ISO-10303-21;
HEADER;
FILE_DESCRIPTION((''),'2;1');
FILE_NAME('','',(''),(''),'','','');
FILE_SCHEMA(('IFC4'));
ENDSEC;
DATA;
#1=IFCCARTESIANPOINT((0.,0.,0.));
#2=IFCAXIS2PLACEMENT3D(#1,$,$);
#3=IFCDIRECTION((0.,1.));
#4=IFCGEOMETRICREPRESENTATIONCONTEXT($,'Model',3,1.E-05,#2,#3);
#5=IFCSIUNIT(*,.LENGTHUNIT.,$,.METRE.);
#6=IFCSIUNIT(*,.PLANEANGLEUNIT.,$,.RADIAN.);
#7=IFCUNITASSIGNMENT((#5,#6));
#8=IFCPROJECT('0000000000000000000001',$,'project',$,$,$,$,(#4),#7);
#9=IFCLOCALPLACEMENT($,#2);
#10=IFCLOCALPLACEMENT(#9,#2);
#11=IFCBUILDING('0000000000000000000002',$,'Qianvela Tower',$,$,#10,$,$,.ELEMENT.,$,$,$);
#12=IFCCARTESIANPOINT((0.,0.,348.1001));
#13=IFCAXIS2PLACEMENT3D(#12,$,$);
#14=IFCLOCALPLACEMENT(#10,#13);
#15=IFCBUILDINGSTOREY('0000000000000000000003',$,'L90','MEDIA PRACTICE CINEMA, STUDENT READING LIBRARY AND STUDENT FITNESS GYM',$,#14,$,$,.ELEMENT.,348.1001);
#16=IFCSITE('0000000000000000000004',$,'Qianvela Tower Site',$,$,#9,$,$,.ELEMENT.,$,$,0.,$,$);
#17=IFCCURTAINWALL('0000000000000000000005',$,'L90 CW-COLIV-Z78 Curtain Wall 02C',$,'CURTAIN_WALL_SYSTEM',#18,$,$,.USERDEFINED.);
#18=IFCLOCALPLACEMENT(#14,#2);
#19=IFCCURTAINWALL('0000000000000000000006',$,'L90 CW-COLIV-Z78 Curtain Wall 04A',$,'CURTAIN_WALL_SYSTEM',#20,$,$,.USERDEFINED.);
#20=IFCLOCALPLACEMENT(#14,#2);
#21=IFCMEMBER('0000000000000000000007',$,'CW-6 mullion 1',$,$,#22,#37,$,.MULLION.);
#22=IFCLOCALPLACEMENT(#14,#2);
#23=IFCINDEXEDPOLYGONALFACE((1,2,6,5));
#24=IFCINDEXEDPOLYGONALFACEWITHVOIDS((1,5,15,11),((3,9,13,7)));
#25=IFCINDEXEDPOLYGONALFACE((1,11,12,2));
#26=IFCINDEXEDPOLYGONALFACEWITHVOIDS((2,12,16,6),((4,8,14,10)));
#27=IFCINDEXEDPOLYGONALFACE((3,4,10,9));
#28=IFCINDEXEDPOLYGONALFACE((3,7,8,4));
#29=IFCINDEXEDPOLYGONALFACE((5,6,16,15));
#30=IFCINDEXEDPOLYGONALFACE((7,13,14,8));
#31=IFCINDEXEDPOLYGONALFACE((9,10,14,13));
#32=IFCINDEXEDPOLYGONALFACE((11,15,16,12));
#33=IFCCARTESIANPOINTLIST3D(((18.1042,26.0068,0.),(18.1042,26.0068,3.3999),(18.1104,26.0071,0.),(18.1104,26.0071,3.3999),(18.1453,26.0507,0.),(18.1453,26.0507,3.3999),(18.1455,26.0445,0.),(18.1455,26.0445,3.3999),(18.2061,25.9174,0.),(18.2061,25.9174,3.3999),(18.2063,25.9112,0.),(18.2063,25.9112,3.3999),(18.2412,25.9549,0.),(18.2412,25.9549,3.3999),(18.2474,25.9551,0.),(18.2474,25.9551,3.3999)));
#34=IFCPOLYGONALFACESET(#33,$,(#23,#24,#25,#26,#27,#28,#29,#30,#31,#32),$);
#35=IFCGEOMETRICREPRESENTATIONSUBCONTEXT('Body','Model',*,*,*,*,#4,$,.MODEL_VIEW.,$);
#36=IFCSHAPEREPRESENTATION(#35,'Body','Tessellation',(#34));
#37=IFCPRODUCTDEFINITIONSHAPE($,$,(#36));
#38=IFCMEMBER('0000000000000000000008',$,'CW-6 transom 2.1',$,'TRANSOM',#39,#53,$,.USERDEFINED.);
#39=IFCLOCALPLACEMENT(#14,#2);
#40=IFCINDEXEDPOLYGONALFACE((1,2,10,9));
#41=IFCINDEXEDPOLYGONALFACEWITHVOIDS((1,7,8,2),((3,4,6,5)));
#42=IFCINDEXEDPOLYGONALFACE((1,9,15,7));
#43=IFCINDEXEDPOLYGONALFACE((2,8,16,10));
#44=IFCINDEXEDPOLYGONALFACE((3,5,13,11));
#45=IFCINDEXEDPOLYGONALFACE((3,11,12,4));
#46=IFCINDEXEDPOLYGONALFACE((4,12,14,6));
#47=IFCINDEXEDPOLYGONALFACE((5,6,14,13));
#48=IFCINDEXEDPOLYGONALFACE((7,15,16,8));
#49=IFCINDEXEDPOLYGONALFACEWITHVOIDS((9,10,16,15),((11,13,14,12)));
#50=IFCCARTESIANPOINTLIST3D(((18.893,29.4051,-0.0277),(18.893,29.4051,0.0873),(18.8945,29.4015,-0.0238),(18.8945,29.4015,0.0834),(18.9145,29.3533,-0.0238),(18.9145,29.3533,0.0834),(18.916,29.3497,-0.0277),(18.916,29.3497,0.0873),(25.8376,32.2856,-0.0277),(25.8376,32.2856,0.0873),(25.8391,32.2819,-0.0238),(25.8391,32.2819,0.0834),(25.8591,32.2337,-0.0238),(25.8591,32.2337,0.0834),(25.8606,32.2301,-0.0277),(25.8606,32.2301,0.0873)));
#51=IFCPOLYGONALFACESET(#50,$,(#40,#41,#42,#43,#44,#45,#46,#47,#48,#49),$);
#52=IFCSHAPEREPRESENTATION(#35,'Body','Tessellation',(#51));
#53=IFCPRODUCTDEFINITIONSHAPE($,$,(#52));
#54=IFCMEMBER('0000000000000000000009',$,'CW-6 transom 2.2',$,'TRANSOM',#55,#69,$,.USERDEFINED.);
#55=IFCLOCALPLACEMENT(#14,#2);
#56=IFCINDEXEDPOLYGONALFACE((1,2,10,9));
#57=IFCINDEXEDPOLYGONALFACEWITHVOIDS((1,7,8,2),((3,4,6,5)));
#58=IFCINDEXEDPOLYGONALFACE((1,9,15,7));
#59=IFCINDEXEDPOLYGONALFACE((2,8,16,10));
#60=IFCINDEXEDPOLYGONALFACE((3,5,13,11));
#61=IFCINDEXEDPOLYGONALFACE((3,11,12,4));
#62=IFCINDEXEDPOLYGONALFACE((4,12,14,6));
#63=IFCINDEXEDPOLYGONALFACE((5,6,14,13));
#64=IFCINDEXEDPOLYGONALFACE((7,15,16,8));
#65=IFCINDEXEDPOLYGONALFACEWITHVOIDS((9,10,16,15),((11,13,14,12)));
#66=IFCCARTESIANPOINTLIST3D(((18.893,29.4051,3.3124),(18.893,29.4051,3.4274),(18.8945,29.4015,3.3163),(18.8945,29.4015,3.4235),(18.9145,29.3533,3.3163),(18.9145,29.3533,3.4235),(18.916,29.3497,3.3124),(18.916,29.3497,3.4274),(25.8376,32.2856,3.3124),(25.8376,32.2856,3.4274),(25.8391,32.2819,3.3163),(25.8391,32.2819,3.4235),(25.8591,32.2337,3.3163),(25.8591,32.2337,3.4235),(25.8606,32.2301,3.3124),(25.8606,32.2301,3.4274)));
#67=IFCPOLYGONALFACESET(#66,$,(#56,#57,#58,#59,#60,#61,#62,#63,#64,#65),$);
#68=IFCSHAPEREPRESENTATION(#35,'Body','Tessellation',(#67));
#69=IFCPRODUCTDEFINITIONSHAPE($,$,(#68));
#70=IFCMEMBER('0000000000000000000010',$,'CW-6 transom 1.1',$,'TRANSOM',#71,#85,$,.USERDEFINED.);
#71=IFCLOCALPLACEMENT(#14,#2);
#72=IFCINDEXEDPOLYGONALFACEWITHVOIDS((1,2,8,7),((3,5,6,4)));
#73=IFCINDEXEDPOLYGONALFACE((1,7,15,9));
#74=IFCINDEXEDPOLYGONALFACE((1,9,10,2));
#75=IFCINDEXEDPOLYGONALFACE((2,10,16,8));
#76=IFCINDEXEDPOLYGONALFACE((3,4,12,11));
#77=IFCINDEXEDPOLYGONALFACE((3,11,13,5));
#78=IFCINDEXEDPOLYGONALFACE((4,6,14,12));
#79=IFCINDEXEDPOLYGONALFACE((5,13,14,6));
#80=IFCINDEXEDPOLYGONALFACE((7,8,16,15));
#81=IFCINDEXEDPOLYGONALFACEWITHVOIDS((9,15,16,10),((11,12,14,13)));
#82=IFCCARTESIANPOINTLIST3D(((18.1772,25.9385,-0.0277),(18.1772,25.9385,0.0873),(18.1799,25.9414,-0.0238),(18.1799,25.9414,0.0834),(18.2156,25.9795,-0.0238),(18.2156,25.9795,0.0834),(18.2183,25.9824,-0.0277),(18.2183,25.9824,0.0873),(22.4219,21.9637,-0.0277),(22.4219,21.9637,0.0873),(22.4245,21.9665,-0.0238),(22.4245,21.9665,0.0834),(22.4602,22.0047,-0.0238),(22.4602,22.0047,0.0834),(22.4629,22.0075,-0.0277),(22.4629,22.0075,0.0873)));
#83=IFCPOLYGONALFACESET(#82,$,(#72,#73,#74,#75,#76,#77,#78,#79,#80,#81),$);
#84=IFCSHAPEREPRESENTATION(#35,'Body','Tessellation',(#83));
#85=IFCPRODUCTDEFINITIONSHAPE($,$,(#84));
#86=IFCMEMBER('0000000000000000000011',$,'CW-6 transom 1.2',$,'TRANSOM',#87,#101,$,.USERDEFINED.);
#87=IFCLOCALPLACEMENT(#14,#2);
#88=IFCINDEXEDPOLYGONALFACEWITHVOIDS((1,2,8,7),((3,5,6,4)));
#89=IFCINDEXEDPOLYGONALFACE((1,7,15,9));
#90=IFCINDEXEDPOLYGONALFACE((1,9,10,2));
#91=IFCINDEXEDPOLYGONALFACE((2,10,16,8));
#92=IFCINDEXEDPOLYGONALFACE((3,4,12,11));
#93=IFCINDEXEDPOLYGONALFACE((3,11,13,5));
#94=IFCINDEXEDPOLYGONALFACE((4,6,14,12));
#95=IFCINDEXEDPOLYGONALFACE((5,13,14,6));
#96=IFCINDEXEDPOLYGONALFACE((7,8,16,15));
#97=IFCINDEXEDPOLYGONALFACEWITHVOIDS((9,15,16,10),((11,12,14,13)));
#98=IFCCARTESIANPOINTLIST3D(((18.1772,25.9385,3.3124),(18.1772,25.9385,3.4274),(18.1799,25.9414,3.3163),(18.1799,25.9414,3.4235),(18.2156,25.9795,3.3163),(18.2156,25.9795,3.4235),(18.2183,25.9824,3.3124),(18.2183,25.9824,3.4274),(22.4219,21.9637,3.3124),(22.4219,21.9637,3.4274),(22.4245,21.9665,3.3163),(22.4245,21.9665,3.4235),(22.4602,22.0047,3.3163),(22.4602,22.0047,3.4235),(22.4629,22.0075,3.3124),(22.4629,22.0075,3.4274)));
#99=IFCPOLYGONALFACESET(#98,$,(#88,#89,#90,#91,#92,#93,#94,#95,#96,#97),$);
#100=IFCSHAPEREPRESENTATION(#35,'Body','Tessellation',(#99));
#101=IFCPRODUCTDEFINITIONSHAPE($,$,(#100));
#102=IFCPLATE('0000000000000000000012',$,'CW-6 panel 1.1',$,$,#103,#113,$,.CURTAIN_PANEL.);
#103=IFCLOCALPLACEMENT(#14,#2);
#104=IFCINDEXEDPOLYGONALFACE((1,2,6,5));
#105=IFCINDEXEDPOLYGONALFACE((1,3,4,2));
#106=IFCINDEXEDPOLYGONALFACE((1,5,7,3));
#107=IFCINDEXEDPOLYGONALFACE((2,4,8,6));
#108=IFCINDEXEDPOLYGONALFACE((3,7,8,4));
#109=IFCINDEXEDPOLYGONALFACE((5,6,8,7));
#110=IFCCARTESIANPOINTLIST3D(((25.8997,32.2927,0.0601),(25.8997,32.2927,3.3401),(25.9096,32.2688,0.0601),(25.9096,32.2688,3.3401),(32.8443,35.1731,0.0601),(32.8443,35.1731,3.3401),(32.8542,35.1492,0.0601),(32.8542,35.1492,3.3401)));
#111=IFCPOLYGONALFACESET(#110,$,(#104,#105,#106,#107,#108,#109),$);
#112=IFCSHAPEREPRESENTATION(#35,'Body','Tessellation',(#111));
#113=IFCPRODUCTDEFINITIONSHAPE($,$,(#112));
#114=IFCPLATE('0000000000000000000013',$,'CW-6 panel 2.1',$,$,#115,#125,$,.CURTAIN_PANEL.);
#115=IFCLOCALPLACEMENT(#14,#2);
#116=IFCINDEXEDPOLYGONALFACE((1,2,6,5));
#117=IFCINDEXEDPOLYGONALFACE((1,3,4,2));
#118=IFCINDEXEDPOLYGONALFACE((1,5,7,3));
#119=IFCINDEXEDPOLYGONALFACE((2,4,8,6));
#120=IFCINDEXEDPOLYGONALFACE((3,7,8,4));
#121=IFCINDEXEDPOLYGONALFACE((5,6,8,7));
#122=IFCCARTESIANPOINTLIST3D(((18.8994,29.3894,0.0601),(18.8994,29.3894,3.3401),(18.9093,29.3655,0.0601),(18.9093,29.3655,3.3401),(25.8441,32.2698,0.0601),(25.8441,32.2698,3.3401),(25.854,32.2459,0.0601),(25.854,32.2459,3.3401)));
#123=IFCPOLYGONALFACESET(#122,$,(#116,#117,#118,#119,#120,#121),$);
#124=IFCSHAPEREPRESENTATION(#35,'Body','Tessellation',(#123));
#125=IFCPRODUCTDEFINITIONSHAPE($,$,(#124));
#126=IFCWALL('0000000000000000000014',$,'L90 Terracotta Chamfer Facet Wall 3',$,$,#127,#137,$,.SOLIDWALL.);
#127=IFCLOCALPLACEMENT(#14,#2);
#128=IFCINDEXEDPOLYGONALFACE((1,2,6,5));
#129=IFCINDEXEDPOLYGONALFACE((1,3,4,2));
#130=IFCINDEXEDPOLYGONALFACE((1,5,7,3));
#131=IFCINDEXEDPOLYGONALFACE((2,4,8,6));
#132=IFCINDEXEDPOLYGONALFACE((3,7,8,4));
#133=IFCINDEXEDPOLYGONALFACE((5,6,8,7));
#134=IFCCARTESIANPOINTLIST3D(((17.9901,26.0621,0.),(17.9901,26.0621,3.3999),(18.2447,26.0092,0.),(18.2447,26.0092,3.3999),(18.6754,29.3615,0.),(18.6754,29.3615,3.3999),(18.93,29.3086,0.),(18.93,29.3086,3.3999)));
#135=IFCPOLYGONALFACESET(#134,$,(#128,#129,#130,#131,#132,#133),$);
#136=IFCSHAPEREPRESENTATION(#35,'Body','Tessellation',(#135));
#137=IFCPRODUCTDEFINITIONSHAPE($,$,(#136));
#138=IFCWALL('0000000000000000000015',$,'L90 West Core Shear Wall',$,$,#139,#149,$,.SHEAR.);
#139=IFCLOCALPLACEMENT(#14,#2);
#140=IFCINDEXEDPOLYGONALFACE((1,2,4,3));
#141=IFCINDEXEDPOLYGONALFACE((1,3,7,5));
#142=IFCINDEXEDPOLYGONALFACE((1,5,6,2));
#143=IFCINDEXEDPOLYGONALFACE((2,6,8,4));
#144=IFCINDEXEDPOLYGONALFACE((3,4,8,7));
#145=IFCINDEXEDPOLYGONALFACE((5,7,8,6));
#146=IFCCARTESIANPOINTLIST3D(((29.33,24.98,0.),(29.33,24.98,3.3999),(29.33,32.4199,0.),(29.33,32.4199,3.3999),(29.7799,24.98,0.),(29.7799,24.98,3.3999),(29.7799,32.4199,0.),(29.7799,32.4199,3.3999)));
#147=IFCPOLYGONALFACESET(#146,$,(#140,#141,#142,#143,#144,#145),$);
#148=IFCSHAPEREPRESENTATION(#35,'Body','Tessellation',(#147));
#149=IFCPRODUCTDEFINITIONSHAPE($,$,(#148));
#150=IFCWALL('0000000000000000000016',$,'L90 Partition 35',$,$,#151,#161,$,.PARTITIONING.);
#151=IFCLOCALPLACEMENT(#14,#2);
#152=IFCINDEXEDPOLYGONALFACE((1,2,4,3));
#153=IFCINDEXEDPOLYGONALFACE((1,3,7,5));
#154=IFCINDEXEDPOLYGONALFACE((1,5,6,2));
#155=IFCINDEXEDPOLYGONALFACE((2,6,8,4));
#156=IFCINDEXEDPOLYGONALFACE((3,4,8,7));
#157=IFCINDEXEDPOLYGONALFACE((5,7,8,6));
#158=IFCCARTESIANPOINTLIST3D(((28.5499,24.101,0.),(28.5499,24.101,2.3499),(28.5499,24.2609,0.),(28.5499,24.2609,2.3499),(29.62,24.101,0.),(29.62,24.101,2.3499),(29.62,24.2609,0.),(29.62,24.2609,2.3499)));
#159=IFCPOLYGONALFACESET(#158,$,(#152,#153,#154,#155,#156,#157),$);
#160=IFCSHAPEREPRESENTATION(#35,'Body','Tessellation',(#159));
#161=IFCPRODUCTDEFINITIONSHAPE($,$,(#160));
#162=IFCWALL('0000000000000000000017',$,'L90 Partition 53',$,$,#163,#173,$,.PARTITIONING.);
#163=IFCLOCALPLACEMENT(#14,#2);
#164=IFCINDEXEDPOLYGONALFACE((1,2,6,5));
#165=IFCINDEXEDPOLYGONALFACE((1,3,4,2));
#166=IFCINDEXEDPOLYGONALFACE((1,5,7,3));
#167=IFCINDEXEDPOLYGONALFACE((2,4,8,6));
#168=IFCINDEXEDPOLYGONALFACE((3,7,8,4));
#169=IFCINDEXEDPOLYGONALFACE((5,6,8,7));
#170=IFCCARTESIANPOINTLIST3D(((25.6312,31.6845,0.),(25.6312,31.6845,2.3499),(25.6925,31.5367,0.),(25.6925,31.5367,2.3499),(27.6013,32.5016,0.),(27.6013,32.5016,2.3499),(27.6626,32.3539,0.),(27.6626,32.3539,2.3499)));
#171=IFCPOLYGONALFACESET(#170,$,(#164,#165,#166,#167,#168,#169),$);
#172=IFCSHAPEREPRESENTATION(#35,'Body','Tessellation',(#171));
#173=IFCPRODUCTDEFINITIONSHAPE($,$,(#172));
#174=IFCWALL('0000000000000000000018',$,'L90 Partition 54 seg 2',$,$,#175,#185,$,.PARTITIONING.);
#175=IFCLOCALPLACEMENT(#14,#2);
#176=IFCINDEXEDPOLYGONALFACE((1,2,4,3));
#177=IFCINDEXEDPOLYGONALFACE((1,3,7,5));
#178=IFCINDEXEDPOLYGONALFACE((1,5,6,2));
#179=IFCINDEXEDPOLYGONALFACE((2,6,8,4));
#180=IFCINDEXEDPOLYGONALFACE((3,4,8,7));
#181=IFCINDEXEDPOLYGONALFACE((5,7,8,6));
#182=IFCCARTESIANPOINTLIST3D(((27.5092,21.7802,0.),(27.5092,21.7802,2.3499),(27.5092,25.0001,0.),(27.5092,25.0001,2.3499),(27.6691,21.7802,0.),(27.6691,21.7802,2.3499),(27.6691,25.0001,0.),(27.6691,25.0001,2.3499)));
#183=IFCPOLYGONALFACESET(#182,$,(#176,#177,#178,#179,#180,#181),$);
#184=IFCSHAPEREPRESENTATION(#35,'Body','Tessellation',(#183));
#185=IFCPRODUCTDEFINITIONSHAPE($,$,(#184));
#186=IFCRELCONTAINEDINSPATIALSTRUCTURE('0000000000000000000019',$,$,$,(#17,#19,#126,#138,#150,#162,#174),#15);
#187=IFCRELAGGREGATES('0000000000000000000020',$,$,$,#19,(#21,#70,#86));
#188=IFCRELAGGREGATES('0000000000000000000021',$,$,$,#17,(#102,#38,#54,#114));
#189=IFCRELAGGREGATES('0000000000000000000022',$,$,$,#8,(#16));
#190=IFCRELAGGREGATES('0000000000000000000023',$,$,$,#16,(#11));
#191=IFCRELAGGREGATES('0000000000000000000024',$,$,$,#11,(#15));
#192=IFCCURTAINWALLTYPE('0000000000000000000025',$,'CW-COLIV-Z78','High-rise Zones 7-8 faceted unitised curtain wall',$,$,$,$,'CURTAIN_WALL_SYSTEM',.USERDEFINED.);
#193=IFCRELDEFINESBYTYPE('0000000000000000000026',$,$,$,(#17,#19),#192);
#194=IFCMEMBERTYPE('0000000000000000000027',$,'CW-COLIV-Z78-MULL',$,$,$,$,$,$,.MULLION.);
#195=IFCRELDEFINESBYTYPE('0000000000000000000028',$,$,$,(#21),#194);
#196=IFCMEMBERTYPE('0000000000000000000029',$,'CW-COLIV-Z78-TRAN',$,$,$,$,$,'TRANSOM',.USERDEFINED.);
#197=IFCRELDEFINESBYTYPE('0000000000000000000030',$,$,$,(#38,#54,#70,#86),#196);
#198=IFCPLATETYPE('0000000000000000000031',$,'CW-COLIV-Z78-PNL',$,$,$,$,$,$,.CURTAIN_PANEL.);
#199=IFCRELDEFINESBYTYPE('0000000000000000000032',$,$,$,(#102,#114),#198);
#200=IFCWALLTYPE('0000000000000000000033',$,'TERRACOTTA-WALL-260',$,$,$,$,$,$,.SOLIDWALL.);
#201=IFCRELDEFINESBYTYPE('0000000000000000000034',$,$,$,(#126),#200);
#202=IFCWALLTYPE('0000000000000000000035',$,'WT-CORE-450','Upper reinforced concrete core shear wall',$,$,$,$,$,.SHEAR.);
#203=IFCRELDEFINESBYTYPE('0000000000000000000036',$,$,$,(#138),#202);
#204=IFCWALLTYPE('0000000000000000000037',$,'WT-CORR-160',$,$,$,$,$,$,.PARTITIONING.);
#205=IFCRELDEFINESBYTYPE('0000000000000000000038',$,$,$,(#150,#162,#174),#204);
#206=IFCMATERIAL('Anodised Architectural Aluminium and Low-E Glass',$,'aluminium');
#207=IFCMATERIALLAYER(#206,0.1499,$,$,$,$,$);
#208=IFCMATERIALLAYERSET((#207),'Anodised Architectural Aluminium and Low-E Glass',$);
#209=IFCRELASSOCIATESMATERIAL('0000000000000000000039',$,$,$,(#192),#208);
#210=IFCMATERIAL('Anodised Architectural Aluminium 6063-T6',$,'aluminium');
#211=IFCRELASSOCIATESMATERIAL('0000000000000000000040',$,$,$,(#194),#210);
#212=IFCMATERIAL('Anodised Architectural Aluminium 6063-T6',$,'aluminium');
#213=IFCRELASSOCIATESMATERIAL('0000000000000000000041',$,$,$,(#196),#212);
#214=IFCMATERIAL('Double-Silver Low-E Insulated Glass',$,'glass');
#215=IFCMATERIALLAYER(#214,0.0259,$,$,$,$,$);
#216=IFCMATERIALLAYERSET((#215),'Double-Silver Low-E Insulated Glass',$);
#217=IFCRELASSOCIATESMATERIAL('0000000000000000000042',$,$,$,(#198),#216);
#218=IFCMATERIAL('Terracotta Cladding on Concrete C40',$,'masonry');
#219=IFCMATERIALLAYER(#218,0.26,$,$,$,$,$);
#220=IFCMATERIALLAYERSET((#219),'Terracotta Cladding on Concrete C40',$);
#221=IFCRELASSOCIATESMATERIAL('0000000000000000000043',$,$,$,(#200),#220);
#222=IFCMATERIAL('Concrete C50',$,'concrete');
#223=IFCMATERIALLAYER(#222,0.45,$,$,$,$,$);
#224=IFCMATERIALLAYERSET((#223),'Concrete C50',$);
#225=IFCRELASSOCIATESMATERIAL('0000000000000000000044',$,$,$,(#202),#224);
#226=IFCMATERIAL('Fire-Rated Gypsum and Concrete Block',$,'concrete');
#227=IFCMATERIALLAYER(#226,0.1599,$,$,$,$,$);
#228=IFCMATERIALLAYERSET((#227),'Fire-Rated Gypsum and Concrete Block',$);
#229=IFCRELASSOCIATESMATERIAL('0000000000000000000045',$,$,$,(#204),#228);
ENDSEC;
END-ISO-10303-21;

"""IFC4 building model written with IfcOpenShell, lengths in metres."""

from ifc_helpers import new_model, si_unit, direction, frame, frame_2d, origin, origin_2d, place, context, subcontext, project, spatial, rectangle, hollow_rectangle, extrude, material, layer, layer_set, material_profile, profile_set, type_object, element, aggregate, save


model = new_model("IFC4")

# Units and contexts
model_context = context("Model", 3, precision=1e-05, world=origin(), true_north=direction((0.0, 1.0)))
body_context = subcontext(model_context, "Body", "Model", "MODEL_VIEW")
ifc_project = project(units=[si_unit("LENGTHUNIT", "METRE"), si_unit("PLANEANGLEUNIT", "RADIAN")], contexts=[model_context])

# Site, building, storey
site_placement = place(None, origin())
site = spatial("IfcSite", under=ifc_project, at=site_placement, Name="Qianvela Tower Site", CompositionType="ELEMENT", RefElevation=0.0)
building_placement = place(site_placement, origin())
building = spatial("IfcBuilding", under=site, at=building_placement, Name="Qianvela Tower", CompositionType="ELEMENT")
storey_placement = place(building_placement, frame((0.0, 0.0, 348.1001)))
storey = spatial("IfcBuildingStorey", under=building, at=storey_placement, Name="L90", Description="MEDIA PRACTICE CINEMA, STUDENT READING LIBRARY AND STUDENT FITNESS GYM", CompositionType="ELEMENT", Elevation=348.1001)

# Curtain wall
ifc_material_1 = material(Name="Anodised Architectural Aluminium and Low-E Glass", Category="aluminium")
ifc_layer_1 = layer(ifc_material_1, 0.1499)
ifc_layer_set_1 = layer_set([ifc_layer_1], Name="Anodised Architectural Aluminium and Low-E Glass")
curtain_wall_type = type_object("IfcCurtainWallType", Name="CW-COLIV-Z78", Description="High-rise Zones 7-8 faceted unitised curtain wall", ElementType="CURTAIN_WALL_SYSTEM", PredefinedType="USERDEFINED", material=ifc_layer_set_1)
curtain_wall_1_placement = place(storey_placement, origin())
curtain_wall_1 = element("IfcCurtainWall", 1, at=curtain_wall_1_placement, inside=storey, type_object=curtain_wall_type, Name="L90 CW-COLIV-Z78 Curtain Wall 02C", ObjectType="CURTAIN_WALL_SYSTEM", PredefinedType="USERDEFINED")
ifc_material_2 = material(Name="Anodised Architectural Aluminium 6063-T6", Category="aluminium")
ifc_material_profile_1 = material_profile(ifc_material_2, hollow_rectangle(XDim=0.0601, YDim=0.1399, WallThickness=0.0044, at=origin_2d()), Name="ALU-MULL-60x140")
ifc_profile_set_1 = profile_set([ifc_material_profile_1], Name="Anodised Architectural Aluminium 6063-T6")
member_type_1 = type_object("IfcMemberType", Name="CW-COLIV-Z78-MULL", PredefinedType="MULLION", material=ifc_profile_set_1)

# Curtain wall, member
curtain_wall_2_placement = place(storey_placement, origin())
curtain_wall_2 = element("IfcCurtainWall", 2, at=curtain_wall_2_placement, inside=storey, type_object=curtain_wall_type, Name="L90 CW-COLIV-Z78 Curtain Wall 04A", ObjectType="CURTAIN_WALL_SYSTEM", PredefinedType="USERDEFINED")
member_1_placement = place(storey_placement, frame((18.1758, 25.981, 0.0), z_axis=(0.0, 0.0, 1.0), x_axis=(0.68353, 0.729923, 0.0)))
member_1 = element("IfcMember", 3, at=member_1_placement, type_object=member_type_1, Name="CW-6 mullion 1", PredefinedType="MULLION", context=body_context, shape_type="SweptSolid", body=[
    extrude(hollow_rectangle(XDim=0.0601, YDim=0.1399, WallThickness=0.0044, at=origin_2d()), origin(), (0.0, 0.0, 1.0), 3.3999),
])

# Members
ifc_material_3 = material(Name="Anodised Architectural Aluminium 6063-T6", Category="aluminium")
ifc_material_profile_2 = material_profile(ifc_material_3, hollow_rectangle(XDim=0.0601, YDim=0.115, WallThickness=0.0039, at=origin_2d()), Name="ALU-TRAN-60x115")
ifc_profile_set_2 = profile_set([ifc_material_profile_2], Name="Anodised Architectural Aluminium 6063-T6")
member_type_2 = type_object("IfcMemberType", Name="CW-COLIV-Z78-TRAN", ElementType="TRANSOM", PredefinedType="USERDEFINED", material=ifc_profile_set_2)
member_2_placement = place(storey_placement, frame((25.8491, 32.2578, 0.0298), z_axis=(-0.923699, -0.383118, 0.0), x_axis=(0.383118, -0.923699, 0.0)))
member_2 = element("IfcMember", 4, at=member_2_placement, type_object=member_type_2, Name="CW-6 transom 2.1", ObjectType="TRANSOM", PredefinedType="USERDEFINED", context=body_context, shape_type="SweptSolid", body=[
    extrude(hollow_rectangle(XDim=0.0601, YDim=0.115, WallThickness=0.0039, at=origin_2d()), origin(), (0.0, 0.0, 1.0), 7.5183),
])
member_3_placement = place(storey_placement, frame((25.8491, 32.2578, 3.3699), z_axis=(-0.923699, -0.383118, 0.0), x_axis=(0.383118, -0.923699, 0.0)))
member_3 = element("IfcMember", 5, at=member_3_placement, type_object=member_type_2, Name="CW-6 transom 2.2", ObjectType="TRANSOM", PredefinedType="USERDEFINED", context=body_context, shape_type="SweptSolid", body=[
    extrude(hollow_rectangle(XDim=0.0601, YDim=0.115, WallThickness=0.0039, at=origin_2d()), origin(), (0.0, 0.0, 1.0), 7.5183),
])
member_4_placement = place(storey_placement, frame((18.1978, 25.9604, 0.0298), z_axis=(0.729922, -0.68353, 0.0), x_axis=(0.68353, 0.729922, 0.0)))
member_4 = element("IfcMember", 6, at=member_4_placement, type_object=member_type_2, Name="CW-6 transom 1.1", ObjectType="TRANSOM", PredefinedType="USERDEFINED", context=body_context, shape_type="SweptSolid", body=[
    extrude(hollow_rectangle(XDim=0.0601, YDim=0.115, WallThickness=0.0039, at=origin_2d()), origin(), (0.0, 0.0, 1.0), 5.8152),
])
member_5_placement = place(storey_placement, frame((18.1978, 25.9604, 3.3699), z_axis=(0.729922, -0.68353, 0.0), x_axis=(0.68353, 0.729922, 0.0)))
member_5 = element("IfcMember", 7, at=member_5_placement, type_object=member_type_2, Name="CW-6 transom 1.2", ObjectType="TRANSOM", PredefinedType="USERDEFINED", context=body_context, shape_type="SweptSolid", body=[
    extrude(hollow_rectangle(XDim=0.0601, YDim=0.115, WallThickness=0.0039, at=origin_2d()), origin(), (0.0, 0.0, 1.0), 5.8152),
])
aggregate(curtain_wall_2, [member_1, member_4, member_5])

# Plates
ifc_material_4 = material(Name="Double-Silver Low-E Insulated Glass", Category="glass")
ifc_layer_2 = layer(ifc_material_4, 0.0259)
ifc_layer_set_2 = layer_set([ifc_layer_2], Name="Double-Silver Low-E Insulated Glass")
plate_type = type_object("IfcPlateType", Name="CW-COLIV-Z78-PNL", PredefinedType="CURTAIN_PANEL", material=ifc_layer_set_2)
plate_1_placement = place(storey_placement, frame((29.377, 33.7209, 0.0601), z_axis=(0.0, 0.0, 1.0), x_axis=(-0.923701, -0.383115, 0.0)))
plate_1 = element("IfcPlate", 8, at=plate_1_placement, type_object=plate_type, Name="CW-6 panel 1.1", PredefinedType="CURTAIN_PANEL", context=body_context, shape_type="SweptSolid", body=[
    extrude(rectangle(XDim=7.5183, YDim=0.0259, at=origin_2d()), origin(), (0.0, 0.0, 1.0), 3.28),
])
plate_2_placement = place(storey_placement, frame((22.3767, 30.8176, 0.0601), z_axis=(0.0, 0.0, 1.0), x_axis=(-0.923701, -0.383115, 0.0)))
plate_2 = element("IfcPlate", 9, at=plate_2_placement, type_object=plate_type, Name="CW-6 panel 2.1", PredefinedType="CURTAIN_PANEL", context=body_context, shape_type="SweptSolid", body=[
    extrude(rectangle(XDim=7.5183, YDim=0.0259, at=origin_2d()), origin(), (0.0, 0.0, 1.0), 3.28),
])
aggregate(curtain_wall_1, [plate_1, member_2, member_3, plate_2])

# Wall
ifc_material_5 = material(Name="Terracotta Cladding on Concrete C40", Category="masonry")
ifc_layer_3 = layer(ifc_material_5, 0.26)
ifc_layer_set_3 = layer_set([ifc_layer_3], Name="Terracotta Cladding on Concrete C40")
wall_type_1 = type_object("IfcWallType", Name="TERRACOTTA-WALL-260", PredefinedType="SOLIDWALL", material=ifc_layer_set_3)
wall_1_placement = place(storey_placement, frame((18.8027, 29.3352, 0.0), z_axis=(0.0, 0.0, 1.0), x_axis=(-0.203355, -0.979105, 0.0)))
element("IfcWall", 10, at=wall_1_placement, inside=storey, type_object=wall_type_1, Name="L90 Terracotta Chamfer Facet Wall 3", PredefinedType="SOLIDWALL", context=body_context, shape_type="SweptSolid", body=[
    extrude(rectangle(XDim=3.3699, YDim=0.26, at=frame_2d((1.6851, 0.0))), origin(), (0.0, 0.0, 1.0), 3.3999),
])

# Shared definitions
ifc_material_6 = material(Name="Concrete C50", Category="concrete")
ifc_layer_4 = layer(ifc_material_6, 0.45)
ifc_layer_set_4 = layer_set([ifc_layer_4], Name="Concrete C50")
wall_type_2 = type_object("IfcWallType", Name="WT-CORE-450", Description="Upper reinforced concrete core shear wall", PredefinedType="SHEAR", material=ifc_layer_set_4)

# Walls
wall_2_placement = place(storey_placement, frame((29.5549, 24.98, 0.0), z_axis=(0.0, 0.0, 1.0), x_axis=(0.0, 1.0, 0.0)))
element("IfcWall", 11, at=wall_2_placement, inside=storey, type_object=wall_type_2, Name="L90 West Core Shear Wall", PredefinedType="SHEAR", context=body_context, shape_type="SweptSolid", body=[
    extrude(rectangle(XDim=7.4399, YDim=0.45, at=frame_2d((3.72, 0.0))), origin(), (0.0, 0.0, 1.0), 3.3999),
])
ifc_material_7 = material(Name="Fire-Rated Gypsum and Concrete Block", Category="concrete")
ifc_layer_5 = layer(ifc_material_7, 0.1599)
ifc_layer_set_5 = layer_set([ifc_layer_5], Name="Fire-Rated Gypsum and Concrete Block")
wall_type_3 = type_object("IfcWallType", Name="WT-CORR-160", PredefinedType="PARTITIONING", material=ifc_layer_set_5)
wall_3_placement = place(storey_placement, frame((29.6201, 24.1809, 0.0), z_axis=(0.0, 0.0, 1.0), x_axis=(-1.0, 0.0, 0.0)))
element("IfcWall", 12, at=wall_3_placement, inside=storey, type_object=wall_type_3, Name="L90 Partition 35", PredefinedType="PARTITIONING", context=body_context, shape_type="SweptSolid", body=[
    extrude(rectangle(XDim=1.0701, YDim=0.1599, at=frame_2d((0.5352, 0.0))), origin(), (0.0, 0.0, 1.0), 2.3499),
])
wall_4_placement = place(storey_placement, frame((25.6619, 31.6106, 0.0), z_axis=(0.0, 0.0, 1.0), x_axis=(0.923689, 0.383144, 0.0)))
element("IfcWall", 13, at=wall_4_placement, inside=storey, type_object=wall_type_3, Name="L90 Partition 53", PredefinedType="PARTITIONING", context=body_context, shape_type="SweptSolid", body=[
    extrude(rectangle(XDim=2.1328, YDim=0.1599, at=frame_2d((1.0664, 0.0))), origin(), (0.0, 0.0, 1.0), 2.3499),
])
wall_5_placement = place(storey_placement, frame((27.5891, 25.0, 0.0), z_axis=(0.0, 0.0, 1.0), x_axis=(0.0, -1.0, 0.0)))
element("IfcWall", 14, at=wall_5_placement, inside=storey, type_object=wall_type_3, Name="L90 Partition 54 seg 2", PredefinedType="PARTITIONING", context=body_context, shape_type="SweptSolid", body=[
    extrude(rectangle(XDim=3.22, YDim=0.1599, at=frame_2d((1.6099, 0.0))), origin(), (0.0, 0.0, 1.0), 2.3499),
])

save(model, "model.ifc")
